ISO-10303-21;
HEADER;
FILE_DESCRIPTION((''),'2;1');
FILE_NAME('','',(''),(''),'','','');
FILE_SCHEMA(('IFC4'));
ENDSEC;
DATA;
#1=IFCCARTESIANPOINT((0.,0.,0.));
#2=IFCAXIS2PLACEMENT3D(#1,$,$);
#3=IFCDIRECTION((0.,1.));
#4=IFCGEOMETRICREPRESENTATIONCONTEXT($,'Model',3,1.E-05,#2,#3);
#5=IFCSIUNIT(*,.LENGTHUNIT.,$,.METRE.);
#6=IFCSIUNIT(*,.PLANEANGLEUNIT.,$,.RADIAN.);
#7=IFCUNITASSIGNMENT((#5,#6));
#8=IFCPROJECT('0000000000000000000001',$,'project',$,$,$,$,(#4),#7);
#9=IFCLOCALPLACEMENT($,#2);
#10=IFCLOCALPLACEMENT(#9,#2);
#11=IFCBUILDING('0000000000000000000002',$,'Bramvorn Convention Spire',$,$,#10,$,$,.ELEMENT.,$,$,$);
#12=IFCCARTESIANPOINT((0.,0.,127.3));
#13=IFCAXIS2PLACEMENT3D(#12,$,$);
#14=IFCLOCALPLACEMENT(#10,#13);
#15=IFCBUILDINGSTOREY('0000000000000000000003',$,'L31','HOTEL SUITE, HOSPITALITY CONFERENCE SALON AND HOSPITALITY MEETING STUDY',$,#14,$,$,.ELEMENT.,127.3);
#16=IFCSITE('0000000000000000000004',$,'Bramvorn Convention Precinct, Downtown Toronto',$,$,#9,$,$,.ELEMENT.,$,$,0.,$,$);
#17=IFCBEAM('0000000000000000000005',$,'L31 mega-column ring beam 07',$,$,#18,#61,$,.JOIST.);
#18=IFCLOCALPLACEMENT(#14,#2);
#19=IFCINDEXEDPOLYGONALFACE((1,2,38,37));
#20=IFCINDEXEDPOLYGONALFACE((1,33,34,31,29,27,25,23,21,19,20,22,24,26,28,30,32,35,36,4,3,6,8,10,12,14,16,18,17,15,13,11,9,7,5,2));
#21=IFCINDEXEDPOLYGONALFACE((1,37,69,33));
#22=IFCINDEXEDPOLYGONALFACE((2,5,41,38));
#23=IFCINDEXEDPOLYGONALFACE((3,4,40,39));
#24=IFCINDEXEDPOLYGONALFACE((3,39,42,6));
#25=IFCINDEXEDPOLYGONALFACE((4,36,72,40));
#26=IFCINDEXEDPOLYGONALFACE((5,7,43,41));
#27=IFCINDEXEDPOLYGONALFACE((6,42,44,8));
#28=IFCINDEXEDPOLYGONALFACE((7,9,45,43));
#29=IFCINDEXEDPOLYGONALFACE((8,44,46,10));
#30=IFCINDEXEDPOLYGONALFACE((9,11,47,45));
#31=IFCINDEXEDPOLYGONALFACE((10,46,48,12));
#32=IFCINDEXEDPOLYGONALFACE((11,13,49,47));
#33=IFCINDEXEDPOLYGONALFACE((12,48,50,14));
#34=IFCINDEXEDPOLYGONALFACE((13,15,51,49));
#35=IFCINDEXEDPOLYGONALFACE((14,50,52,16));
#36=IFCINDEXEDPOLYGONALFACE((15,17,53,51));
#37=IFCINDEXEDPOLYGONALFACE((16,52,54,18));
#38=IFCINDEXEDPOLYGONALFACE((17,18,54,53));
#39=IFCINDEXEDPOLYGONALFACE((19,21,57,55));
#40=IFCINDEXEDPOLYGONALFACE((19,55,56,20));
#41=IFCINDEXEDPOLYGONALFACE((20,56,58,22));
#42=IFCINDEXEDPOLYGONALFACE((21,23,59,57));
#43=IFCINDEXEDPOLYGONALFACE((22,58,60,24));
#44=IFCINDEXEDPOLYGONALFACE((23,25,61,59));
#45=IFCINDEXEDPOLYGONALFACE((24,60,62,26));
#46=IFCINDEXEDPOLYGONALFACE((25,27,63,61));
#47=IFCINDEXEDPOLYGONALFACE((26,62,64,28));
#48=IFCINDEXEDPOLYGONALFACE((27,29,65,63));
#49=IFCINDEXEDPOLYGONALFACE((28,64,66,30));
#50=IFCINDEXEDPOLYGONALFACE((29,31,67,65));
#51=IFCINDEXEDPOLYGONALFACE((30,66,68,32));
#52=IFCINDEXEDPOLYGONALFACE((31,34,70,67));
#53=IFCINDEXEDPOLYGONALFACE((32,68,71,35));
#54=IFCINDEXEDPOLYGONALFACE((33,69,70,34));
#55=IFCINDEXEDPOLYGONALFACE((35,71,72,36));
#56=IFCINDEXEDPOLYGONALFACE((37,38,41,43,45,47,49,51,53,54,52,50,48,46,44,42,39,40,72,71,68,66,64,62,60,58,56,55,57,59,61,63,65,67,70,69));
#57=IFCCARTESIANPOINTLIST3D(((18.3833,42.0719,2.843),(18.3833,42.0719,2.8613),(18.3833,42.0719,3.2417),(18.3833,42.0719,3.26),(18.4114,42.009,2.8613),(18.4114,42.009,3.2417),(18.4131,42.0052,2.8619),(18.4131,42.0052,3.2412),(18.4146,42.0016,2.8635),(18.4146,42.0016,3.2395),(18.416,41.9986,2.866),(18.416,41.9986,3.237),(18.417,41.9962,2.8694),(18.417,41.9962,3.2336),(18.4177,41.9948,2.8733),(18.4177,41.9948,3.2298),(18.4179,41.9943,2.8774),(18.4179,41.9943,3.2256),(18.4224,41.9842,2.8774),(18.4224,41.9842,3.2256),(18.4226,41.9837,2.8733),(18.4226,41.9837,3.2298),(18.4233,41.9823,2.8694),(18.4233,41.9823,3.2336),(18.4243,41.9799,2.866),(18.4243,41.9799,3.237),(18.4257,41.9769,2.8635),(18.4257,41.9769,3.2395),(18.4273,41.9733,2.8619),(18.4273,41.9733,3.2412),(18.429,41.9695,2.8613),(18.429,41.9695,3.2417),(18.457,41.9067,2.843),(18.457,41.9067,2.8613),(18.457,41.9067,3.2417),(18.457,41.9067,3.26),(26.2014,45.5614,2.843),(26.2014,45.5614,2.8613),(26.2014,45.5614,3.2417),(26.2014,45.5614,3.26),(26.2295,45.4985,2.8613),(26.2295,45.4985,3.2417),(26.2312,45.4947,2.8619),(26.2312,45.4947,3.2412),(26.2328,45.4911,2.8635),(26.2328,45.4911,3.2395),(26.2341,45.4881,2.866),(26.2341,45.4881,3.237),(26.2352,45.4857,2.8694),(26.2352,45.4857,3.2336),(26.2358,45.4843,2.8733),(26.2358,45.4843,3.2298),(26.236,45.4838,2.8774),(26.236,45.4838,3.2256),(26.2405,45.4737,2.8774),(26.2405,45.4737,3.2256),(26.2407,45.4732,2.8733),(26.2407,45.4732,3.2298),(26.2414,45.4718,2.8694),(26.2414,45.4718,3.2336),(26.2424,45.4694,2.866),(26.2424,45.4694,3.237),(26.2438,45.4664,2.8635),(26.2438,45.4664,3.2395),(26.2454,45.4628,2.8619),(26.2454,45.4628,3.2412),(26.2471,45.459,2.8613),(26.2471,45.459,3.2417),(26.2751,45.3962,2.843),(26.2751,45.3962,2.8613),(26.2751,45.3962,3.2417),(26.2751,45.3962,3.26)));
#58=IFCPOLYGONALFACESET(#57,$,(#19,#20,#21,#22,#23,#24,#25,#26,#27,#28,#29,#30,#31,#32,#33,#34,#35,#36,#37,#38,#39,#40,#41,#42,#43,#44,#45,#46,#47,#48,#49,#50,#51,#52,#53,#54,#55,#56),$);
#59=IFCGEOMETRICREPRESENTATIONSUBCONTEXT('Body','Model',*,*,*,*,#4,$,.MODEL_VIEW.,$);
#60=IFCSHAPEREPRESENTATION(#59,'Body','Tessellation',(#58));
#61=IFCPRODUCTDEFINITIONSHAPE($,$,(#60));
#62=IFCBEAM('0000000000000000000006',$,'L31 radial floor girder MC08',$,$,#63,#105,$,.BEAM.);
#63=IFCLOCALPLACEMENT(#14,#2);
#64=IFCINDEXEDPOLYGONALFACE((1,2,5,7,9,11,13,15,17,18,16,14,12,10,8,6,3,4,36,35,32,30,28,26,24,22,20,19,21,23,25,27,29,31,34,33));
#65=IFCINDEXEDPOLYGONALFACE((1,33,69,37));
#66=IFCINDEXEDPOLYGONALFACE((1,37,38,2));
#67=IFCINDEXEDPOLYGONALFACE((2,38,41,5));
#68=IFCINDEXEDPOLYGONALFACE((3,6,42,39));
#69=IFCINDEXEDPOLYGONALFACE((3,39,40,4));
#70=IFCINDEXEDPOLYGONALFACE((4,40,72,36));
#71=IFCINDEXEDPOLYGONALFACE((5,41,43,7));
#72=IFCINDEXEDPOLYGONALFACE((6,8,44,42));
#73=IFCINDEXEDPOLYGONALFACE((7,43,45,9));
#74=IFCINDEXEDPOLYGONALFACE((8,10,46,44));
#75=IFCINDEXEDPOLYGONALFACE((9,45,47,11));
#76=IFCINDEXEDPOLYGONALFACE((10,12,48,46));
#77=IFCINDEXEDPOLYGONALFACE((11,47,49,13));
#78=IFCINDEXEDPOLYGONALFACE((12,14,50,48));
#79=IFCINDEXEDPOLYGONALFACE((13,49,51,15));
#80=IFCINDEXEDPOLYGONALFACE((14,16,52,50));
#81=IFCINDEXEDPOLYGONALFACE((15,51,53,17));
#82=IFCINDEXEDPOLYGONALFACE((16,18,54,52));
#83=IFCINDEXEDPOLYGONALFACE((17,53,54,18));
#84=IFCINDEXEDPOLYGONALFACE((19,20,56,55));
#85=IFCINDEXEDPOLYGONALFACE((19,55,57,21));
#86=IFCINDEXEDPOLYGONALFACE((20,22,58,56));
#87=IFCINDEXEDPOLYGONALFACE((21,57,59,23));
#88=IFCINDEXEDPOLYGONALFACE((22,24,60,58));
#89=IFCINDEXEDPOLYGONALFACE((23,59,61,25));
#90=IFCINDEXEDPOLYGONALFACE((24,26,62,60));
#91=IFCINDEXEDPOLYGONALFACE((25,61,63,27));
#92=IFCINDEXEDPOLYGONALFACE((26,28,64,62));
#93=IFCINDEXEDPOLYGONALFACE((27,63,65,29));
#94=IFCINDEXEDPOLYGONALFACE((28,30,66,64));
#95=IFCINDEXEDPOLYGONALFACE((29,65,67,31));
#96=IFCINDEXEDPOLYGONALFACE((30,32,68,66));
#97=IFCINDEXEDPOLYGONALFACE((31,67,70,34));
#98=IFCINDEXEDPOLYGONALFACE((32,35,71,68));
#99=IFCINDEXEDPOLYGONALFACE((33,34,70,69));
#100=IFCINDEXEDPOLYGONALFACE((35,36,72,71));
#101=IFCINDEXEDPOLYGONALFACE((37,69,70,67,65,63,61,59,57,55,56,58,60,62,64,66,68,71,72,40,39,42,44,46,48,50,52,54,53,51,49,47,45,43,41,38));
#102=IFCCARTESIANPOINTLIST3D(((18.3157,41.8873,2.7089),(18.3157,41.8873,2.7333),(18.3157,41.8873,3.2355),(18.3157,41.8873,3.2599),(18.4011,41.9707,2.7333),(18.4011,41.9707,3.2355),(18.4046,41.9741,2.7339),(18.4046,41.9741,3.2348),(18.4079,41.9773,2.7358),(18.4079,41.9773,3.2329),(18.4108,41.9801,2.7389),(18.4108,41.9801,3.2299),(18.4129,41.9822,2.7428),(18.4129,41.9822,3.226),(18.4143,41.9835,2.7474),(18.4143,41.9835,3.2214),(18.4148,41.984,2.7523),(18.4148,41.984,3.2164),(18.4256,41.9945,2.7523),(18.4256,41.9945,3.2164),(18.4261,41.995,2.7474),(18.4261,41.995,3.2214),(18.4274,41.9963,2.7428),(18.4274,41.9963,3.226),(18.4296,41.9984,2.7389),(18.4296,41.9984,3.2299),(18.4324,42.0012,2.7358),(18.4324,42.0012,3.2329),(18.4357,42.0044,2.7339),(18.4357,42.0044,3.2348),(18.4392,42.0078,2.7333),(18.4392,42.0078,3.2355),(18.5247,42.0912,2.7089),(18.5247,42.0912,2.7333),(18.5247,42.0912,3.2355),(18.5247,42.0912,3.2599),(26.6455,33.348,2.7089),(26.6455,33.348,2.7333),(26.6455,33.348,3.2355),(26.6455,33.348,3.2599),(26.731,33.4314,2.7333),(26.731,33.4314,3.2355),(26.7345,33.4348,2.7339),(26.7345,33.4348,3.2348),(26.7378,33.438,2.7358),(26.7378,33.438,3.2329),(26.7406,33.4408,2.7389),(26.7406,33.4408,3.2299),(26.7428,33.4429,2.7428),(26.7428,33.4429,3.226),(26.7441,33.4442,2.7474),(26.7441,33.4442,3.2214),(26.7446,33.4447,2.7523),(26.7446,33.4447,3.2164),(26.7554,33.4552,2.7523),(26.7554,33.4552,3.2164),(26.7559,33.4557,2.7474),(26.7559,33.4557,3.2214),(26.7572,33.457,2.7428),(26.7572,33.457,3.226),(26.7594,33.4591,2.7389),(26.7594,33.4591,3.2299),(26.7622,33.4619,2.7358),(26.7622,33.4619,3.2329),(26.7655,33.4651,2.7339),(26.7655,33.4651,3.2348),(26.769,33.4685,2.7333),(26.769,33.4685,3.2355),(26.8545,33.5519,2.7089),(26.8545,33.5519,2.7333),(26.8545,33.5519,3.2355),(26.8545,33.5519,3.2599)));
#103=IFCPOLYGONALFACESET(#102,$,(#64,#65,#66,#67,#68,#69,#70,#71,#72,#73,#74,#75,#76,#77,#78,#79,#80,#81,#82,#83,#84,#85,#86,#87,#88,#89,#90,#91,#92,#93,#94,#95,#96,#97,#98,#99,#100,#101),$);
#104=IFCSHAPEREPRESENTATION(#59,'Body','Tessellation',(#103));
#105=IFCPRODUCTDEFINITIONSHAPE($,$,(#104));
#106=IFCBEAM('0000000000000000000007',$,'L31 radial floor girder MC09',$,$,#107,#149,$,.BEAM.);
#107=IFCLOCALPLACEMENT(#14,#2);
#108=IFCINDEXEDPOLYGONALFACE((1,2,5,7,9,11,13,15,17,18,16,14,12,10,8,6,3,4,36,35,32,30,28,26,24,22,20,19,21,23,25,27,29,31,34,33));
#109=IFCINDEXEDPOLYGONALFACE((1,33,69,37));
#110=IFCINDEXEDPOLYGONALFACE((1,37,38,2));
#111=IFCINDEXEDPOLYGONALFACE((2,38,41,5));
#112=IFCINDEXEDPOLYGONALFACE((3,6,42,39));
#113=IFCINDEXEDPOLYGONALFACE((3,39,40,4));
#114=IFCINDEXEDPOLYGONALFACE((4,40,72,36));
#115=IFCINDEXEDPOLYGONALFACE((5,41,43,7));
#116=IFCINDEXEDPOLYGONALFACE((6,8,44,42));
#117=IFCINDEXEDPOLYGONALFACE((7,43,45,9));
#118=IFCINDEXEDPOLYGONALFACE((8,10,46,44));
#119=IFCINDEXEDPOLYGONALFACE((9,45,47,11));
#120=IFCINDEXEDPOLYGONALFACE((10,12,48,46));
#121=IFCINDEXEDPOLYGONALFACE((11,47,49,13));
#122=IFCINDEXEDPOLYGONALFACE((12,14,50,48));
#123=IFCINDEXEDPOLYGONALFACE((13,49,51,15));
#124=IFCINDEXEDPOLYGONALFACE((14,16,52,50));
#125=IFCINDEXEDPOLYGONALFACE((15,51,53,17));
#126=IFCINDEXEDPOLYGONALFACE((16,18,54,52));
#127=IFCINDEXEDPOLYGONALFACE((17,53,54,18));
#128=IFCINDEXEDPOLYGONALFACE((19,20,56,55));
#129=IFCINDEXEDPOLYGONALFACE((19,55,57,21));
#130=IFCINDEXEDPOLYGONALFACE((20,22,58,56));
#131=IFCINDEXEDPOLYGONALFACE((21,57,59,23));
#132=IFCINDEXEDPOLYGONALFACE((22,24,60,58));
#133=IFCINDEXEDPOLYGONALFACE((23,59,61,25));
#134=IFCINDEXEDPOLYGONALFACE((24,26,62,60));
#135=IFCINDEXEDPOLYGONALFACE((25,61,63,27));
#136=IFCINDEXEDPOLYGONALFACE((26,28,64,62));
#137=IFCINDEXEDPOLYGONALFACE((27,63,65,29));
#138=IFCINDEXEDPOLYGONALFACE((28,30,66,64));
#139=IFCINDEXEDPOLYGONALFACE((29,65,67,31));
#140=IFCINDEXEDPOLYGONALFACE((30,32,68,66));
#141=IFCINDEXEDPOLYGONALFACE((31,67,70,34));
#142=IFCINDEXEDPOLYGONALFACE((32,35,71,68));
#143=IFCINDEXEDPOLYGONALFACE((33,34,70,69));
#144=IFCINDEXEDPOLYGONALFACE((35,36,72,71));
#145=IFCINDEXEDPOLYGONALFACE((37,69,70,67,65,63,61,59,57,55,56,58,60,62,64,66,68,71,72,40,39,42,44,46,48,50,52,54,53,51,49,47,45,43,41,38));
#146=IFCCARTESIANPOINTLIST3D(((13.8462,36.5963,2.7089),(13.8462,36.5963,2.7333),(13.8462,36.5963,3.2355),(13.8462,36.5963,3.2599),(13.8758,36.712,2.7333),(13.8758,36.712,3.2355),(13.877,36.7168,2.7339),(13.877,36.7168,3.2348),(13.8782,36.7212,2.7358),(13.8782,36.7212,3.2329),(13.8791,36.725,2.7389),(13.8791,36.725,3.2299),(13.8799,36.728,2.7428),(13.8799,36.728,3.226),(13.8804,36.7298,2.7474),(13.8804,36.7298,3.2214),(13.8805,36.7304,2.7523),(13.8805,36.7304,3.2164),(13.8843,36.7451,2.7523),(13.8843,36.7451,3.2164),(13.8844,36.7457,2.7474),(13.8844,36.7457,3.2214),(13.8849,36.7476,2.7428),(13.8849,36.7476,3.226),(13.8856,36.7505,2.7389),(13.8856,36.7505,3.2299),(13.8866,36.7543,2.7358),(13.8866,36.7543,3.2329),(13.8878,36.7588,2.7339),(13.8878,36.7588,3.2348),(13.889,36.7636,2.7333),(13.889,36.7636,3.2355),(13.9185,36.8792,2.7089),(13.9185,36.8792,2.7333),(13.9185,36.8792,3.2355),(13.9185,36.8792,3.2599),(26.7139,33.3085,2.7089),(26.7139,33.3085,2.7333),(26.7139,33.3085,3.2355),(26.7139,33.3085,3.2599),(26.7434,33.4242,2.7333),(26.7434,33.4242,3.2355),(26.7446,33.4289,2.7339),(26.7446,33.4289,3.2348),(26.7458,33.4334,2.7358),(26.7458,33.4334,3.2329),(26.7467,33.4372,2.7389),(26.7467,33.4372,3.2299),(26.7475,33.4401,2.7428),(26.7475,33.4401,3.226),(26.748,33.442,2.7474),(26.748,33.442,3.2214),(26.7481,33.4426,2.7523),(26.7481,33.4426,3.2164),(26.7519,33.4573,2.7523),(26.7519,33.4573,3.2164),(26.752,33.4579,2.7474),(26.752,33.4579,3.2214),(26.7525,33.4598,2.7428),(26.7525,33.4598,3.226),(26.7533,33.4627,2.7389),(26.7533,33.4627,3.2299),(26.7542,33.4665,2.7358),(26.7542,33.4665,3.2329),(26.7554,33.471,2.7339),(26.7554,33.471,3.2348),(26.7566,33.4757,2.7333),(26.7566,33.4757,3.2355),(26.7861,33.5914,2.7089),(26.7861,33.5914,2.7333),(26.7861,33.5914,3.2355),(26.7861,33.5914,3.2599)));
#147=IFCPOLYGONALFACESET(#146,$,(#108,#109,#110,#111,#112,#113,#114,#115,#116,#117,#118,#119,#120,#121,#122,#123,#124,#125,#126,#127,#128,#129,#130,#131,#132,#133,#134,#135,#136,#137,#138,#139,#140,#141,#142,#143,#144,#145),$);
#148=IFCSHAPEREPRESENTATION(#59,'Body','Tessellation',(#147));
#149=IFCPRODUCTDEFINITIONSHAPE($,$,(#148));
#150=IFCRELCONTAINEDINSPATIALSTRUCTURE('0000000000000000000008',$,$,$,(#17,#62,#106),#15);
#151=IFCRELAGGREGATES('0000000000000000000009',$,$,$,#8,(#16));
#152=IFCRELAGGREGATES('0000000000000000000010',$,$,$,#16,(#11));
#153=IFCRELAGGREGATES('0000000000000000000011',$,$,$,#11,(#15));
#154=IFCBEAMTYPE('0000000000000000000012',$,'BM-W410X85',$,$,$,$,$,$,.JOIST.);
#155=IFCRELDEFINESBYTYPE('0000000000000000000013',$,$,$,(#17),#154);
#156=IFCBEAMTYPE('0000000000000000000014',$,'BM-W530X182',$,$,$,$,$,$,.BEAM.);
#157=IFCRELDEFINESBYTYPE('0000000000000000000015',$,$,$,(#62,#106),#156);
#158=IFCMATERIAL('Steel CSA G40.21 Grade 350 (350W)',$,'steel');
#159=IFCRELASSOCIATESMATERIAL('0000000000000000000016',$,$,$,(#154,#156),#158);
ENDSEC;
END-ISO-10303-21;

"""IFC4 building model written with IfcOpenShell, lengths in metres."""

from ifc_helpers import new_model, si_unit, direction, frame, origin, origin_2d, place, context, subcontext, project, spatial, i_section, extrude, material, material_profile, profile_set, type_object, element, save


model = new_model("IFC4")

# Units and contexts
model_context = context("Model", 3, precision=1e-05, world=origin(), true_north=direction((0.0, 1.0)))
body_context = subcontext(model_context, "Body", "Model", "MODEL_VIEW")
ifc_project = project(units=[si_unit("LENGTHUNIT", "METRE"), si_unit("PLANEANGLEUNIT", "RADIAN")], contexts=[model_context])

# Site, building, storey
site_placement = place(None, origin())
site = spatial("IfcSite", under=ifc_project, at=site_placement, Name="Bramvorn Convention Precinct, Downtown Toronto", CompositionType="ELEMENT", RefElevation=0.0)
building_placement = place(site_placement, origin())
building = spatial("IfcBuilding", under=site, at=building_placement, Name="Bramvorn Convention Spire", CompositionType="ELEMENT")
storey_placement = place(building_placement, frame((0.0, 0.0, 127.3)))
storey = spatial("IfcBuildingStorey", under=building, at=storey_placement, Name="L31", Description="HOTEL SUITE, HOSPITALITY CONFERENCE SALON AND HOSPITALITY MEETING STUDY", CompositionType="ELEMENT", Elevation=127.3)

# Shared definitions
ifc_material_1 = material(Name="Steel CSA G40.21 Grade 350 (350W)", Category="steel")

# Beams
ifc_material_profile_1 = material_profile(ifc_material_1, i_section(OverallWidth=0.1809, OverallDepth=0.417, WebThickness=0.011, FlangeThickness=0.0183, FilletRadius=0.0161, at=origin_2d()))
ifc_profile_set_1 = profile_set([ifc_material_profile_1], Name="Steel CSA G40.21 Grade 350 (350W) - W410X85")
beam_type_1 = type_object("IfcBeamType", Name="BM-W410X85", PredefinedType="JOIST", material=ifc_profile_set_1)
beam_1_placement = place(storey_placement, frame((26.2383, 45.4788, 3.0515), z_axis=(-0.91317, -0.40758, 0.0), x_axis=(0.40758, -0.91317, 0.0)))
element("IfcBeam", 1, at=beam_1_placement, inside=storey, type_object=beam_type_1, Name="L31 mega-column ring beam 07", PredefinedType="JOIST", context=body_context, shape_type="SweptSolid", body=[
    extrude(i_section(OverallWidth=0.1809, OverallDepth=0.417, WebThickness=0.011, FlangeThickness=0.0183, FilletRadius=0.0161, at=origin_2d()), origin(), (0.0, 0.0, 1.0), 8.5615),
])
ifc_material_profile_2 = material_profile(ifc_material_1, i_section(OverallWidth=0.292, OverallDepth=0.551, WebThickness=0.0151, FlangeThickness=0.0244, FilletRadius=0.019, at=origin_2d()))
ifc_profile_set_2 = profile_set([ifc_material_profile_2], Name="Steel CSA G40.21 Grade 350 (350W) - W530X182")
beam_type_2 = type_object("IfcBeamType", Name="BM-W530X182", PredefinedType="BEAM", material=ifc_profile_set_2)
beam_2_placement = place(storey_placement, frame((26.75, 33.45, 2.9844), z_axis=(-0.698272, 0.715832, 0.0), x_axis=(-0.715832, -0.698272, 0.0)))
element("IfcBeam", 2, at=beam_2_placement, inside=storey, type_object=beam_type_2, Name="L31 radial floor girder MC08", PredefinedType="BEAM", context=body_context, shape_type="SweptSolid", body=[
    extrude(i_section(OverallWidth=0.292, OverallDepth=0.551, WebThickness=0.0151, FlangeThickness=0.0244, FilletRadius=0.019, at=origin_2d()), origin(), (0.0, 0.0, 1.0), 11.9292),
])
beam_3_placement = place(storey_placement, frame((26.75, 33.45, 2.9844), z_axis=(-0.968873, 0.247558, 0.0), x_axis=(-0.247558, -0.968873, 0.0)))
element("IfcBeam", 3, at=beam_3_placement, inside=storey, type_object=beam_type_2, Name="L31 radial floor girder MC09", PredefinedType="BEAM", context=body_context, shape_type="SweptSolid", body=[
    extrude(i_section(OverallWidth=0.292, OverallDepth=0.551, WebThickness=0.0151, FlangeThickness=0.0244, FilletRadius=0.019, at=origin_2d()), origin(), (0.0, 0.0, 1.0), 13.281),
])

save(model, "model.ifc")
